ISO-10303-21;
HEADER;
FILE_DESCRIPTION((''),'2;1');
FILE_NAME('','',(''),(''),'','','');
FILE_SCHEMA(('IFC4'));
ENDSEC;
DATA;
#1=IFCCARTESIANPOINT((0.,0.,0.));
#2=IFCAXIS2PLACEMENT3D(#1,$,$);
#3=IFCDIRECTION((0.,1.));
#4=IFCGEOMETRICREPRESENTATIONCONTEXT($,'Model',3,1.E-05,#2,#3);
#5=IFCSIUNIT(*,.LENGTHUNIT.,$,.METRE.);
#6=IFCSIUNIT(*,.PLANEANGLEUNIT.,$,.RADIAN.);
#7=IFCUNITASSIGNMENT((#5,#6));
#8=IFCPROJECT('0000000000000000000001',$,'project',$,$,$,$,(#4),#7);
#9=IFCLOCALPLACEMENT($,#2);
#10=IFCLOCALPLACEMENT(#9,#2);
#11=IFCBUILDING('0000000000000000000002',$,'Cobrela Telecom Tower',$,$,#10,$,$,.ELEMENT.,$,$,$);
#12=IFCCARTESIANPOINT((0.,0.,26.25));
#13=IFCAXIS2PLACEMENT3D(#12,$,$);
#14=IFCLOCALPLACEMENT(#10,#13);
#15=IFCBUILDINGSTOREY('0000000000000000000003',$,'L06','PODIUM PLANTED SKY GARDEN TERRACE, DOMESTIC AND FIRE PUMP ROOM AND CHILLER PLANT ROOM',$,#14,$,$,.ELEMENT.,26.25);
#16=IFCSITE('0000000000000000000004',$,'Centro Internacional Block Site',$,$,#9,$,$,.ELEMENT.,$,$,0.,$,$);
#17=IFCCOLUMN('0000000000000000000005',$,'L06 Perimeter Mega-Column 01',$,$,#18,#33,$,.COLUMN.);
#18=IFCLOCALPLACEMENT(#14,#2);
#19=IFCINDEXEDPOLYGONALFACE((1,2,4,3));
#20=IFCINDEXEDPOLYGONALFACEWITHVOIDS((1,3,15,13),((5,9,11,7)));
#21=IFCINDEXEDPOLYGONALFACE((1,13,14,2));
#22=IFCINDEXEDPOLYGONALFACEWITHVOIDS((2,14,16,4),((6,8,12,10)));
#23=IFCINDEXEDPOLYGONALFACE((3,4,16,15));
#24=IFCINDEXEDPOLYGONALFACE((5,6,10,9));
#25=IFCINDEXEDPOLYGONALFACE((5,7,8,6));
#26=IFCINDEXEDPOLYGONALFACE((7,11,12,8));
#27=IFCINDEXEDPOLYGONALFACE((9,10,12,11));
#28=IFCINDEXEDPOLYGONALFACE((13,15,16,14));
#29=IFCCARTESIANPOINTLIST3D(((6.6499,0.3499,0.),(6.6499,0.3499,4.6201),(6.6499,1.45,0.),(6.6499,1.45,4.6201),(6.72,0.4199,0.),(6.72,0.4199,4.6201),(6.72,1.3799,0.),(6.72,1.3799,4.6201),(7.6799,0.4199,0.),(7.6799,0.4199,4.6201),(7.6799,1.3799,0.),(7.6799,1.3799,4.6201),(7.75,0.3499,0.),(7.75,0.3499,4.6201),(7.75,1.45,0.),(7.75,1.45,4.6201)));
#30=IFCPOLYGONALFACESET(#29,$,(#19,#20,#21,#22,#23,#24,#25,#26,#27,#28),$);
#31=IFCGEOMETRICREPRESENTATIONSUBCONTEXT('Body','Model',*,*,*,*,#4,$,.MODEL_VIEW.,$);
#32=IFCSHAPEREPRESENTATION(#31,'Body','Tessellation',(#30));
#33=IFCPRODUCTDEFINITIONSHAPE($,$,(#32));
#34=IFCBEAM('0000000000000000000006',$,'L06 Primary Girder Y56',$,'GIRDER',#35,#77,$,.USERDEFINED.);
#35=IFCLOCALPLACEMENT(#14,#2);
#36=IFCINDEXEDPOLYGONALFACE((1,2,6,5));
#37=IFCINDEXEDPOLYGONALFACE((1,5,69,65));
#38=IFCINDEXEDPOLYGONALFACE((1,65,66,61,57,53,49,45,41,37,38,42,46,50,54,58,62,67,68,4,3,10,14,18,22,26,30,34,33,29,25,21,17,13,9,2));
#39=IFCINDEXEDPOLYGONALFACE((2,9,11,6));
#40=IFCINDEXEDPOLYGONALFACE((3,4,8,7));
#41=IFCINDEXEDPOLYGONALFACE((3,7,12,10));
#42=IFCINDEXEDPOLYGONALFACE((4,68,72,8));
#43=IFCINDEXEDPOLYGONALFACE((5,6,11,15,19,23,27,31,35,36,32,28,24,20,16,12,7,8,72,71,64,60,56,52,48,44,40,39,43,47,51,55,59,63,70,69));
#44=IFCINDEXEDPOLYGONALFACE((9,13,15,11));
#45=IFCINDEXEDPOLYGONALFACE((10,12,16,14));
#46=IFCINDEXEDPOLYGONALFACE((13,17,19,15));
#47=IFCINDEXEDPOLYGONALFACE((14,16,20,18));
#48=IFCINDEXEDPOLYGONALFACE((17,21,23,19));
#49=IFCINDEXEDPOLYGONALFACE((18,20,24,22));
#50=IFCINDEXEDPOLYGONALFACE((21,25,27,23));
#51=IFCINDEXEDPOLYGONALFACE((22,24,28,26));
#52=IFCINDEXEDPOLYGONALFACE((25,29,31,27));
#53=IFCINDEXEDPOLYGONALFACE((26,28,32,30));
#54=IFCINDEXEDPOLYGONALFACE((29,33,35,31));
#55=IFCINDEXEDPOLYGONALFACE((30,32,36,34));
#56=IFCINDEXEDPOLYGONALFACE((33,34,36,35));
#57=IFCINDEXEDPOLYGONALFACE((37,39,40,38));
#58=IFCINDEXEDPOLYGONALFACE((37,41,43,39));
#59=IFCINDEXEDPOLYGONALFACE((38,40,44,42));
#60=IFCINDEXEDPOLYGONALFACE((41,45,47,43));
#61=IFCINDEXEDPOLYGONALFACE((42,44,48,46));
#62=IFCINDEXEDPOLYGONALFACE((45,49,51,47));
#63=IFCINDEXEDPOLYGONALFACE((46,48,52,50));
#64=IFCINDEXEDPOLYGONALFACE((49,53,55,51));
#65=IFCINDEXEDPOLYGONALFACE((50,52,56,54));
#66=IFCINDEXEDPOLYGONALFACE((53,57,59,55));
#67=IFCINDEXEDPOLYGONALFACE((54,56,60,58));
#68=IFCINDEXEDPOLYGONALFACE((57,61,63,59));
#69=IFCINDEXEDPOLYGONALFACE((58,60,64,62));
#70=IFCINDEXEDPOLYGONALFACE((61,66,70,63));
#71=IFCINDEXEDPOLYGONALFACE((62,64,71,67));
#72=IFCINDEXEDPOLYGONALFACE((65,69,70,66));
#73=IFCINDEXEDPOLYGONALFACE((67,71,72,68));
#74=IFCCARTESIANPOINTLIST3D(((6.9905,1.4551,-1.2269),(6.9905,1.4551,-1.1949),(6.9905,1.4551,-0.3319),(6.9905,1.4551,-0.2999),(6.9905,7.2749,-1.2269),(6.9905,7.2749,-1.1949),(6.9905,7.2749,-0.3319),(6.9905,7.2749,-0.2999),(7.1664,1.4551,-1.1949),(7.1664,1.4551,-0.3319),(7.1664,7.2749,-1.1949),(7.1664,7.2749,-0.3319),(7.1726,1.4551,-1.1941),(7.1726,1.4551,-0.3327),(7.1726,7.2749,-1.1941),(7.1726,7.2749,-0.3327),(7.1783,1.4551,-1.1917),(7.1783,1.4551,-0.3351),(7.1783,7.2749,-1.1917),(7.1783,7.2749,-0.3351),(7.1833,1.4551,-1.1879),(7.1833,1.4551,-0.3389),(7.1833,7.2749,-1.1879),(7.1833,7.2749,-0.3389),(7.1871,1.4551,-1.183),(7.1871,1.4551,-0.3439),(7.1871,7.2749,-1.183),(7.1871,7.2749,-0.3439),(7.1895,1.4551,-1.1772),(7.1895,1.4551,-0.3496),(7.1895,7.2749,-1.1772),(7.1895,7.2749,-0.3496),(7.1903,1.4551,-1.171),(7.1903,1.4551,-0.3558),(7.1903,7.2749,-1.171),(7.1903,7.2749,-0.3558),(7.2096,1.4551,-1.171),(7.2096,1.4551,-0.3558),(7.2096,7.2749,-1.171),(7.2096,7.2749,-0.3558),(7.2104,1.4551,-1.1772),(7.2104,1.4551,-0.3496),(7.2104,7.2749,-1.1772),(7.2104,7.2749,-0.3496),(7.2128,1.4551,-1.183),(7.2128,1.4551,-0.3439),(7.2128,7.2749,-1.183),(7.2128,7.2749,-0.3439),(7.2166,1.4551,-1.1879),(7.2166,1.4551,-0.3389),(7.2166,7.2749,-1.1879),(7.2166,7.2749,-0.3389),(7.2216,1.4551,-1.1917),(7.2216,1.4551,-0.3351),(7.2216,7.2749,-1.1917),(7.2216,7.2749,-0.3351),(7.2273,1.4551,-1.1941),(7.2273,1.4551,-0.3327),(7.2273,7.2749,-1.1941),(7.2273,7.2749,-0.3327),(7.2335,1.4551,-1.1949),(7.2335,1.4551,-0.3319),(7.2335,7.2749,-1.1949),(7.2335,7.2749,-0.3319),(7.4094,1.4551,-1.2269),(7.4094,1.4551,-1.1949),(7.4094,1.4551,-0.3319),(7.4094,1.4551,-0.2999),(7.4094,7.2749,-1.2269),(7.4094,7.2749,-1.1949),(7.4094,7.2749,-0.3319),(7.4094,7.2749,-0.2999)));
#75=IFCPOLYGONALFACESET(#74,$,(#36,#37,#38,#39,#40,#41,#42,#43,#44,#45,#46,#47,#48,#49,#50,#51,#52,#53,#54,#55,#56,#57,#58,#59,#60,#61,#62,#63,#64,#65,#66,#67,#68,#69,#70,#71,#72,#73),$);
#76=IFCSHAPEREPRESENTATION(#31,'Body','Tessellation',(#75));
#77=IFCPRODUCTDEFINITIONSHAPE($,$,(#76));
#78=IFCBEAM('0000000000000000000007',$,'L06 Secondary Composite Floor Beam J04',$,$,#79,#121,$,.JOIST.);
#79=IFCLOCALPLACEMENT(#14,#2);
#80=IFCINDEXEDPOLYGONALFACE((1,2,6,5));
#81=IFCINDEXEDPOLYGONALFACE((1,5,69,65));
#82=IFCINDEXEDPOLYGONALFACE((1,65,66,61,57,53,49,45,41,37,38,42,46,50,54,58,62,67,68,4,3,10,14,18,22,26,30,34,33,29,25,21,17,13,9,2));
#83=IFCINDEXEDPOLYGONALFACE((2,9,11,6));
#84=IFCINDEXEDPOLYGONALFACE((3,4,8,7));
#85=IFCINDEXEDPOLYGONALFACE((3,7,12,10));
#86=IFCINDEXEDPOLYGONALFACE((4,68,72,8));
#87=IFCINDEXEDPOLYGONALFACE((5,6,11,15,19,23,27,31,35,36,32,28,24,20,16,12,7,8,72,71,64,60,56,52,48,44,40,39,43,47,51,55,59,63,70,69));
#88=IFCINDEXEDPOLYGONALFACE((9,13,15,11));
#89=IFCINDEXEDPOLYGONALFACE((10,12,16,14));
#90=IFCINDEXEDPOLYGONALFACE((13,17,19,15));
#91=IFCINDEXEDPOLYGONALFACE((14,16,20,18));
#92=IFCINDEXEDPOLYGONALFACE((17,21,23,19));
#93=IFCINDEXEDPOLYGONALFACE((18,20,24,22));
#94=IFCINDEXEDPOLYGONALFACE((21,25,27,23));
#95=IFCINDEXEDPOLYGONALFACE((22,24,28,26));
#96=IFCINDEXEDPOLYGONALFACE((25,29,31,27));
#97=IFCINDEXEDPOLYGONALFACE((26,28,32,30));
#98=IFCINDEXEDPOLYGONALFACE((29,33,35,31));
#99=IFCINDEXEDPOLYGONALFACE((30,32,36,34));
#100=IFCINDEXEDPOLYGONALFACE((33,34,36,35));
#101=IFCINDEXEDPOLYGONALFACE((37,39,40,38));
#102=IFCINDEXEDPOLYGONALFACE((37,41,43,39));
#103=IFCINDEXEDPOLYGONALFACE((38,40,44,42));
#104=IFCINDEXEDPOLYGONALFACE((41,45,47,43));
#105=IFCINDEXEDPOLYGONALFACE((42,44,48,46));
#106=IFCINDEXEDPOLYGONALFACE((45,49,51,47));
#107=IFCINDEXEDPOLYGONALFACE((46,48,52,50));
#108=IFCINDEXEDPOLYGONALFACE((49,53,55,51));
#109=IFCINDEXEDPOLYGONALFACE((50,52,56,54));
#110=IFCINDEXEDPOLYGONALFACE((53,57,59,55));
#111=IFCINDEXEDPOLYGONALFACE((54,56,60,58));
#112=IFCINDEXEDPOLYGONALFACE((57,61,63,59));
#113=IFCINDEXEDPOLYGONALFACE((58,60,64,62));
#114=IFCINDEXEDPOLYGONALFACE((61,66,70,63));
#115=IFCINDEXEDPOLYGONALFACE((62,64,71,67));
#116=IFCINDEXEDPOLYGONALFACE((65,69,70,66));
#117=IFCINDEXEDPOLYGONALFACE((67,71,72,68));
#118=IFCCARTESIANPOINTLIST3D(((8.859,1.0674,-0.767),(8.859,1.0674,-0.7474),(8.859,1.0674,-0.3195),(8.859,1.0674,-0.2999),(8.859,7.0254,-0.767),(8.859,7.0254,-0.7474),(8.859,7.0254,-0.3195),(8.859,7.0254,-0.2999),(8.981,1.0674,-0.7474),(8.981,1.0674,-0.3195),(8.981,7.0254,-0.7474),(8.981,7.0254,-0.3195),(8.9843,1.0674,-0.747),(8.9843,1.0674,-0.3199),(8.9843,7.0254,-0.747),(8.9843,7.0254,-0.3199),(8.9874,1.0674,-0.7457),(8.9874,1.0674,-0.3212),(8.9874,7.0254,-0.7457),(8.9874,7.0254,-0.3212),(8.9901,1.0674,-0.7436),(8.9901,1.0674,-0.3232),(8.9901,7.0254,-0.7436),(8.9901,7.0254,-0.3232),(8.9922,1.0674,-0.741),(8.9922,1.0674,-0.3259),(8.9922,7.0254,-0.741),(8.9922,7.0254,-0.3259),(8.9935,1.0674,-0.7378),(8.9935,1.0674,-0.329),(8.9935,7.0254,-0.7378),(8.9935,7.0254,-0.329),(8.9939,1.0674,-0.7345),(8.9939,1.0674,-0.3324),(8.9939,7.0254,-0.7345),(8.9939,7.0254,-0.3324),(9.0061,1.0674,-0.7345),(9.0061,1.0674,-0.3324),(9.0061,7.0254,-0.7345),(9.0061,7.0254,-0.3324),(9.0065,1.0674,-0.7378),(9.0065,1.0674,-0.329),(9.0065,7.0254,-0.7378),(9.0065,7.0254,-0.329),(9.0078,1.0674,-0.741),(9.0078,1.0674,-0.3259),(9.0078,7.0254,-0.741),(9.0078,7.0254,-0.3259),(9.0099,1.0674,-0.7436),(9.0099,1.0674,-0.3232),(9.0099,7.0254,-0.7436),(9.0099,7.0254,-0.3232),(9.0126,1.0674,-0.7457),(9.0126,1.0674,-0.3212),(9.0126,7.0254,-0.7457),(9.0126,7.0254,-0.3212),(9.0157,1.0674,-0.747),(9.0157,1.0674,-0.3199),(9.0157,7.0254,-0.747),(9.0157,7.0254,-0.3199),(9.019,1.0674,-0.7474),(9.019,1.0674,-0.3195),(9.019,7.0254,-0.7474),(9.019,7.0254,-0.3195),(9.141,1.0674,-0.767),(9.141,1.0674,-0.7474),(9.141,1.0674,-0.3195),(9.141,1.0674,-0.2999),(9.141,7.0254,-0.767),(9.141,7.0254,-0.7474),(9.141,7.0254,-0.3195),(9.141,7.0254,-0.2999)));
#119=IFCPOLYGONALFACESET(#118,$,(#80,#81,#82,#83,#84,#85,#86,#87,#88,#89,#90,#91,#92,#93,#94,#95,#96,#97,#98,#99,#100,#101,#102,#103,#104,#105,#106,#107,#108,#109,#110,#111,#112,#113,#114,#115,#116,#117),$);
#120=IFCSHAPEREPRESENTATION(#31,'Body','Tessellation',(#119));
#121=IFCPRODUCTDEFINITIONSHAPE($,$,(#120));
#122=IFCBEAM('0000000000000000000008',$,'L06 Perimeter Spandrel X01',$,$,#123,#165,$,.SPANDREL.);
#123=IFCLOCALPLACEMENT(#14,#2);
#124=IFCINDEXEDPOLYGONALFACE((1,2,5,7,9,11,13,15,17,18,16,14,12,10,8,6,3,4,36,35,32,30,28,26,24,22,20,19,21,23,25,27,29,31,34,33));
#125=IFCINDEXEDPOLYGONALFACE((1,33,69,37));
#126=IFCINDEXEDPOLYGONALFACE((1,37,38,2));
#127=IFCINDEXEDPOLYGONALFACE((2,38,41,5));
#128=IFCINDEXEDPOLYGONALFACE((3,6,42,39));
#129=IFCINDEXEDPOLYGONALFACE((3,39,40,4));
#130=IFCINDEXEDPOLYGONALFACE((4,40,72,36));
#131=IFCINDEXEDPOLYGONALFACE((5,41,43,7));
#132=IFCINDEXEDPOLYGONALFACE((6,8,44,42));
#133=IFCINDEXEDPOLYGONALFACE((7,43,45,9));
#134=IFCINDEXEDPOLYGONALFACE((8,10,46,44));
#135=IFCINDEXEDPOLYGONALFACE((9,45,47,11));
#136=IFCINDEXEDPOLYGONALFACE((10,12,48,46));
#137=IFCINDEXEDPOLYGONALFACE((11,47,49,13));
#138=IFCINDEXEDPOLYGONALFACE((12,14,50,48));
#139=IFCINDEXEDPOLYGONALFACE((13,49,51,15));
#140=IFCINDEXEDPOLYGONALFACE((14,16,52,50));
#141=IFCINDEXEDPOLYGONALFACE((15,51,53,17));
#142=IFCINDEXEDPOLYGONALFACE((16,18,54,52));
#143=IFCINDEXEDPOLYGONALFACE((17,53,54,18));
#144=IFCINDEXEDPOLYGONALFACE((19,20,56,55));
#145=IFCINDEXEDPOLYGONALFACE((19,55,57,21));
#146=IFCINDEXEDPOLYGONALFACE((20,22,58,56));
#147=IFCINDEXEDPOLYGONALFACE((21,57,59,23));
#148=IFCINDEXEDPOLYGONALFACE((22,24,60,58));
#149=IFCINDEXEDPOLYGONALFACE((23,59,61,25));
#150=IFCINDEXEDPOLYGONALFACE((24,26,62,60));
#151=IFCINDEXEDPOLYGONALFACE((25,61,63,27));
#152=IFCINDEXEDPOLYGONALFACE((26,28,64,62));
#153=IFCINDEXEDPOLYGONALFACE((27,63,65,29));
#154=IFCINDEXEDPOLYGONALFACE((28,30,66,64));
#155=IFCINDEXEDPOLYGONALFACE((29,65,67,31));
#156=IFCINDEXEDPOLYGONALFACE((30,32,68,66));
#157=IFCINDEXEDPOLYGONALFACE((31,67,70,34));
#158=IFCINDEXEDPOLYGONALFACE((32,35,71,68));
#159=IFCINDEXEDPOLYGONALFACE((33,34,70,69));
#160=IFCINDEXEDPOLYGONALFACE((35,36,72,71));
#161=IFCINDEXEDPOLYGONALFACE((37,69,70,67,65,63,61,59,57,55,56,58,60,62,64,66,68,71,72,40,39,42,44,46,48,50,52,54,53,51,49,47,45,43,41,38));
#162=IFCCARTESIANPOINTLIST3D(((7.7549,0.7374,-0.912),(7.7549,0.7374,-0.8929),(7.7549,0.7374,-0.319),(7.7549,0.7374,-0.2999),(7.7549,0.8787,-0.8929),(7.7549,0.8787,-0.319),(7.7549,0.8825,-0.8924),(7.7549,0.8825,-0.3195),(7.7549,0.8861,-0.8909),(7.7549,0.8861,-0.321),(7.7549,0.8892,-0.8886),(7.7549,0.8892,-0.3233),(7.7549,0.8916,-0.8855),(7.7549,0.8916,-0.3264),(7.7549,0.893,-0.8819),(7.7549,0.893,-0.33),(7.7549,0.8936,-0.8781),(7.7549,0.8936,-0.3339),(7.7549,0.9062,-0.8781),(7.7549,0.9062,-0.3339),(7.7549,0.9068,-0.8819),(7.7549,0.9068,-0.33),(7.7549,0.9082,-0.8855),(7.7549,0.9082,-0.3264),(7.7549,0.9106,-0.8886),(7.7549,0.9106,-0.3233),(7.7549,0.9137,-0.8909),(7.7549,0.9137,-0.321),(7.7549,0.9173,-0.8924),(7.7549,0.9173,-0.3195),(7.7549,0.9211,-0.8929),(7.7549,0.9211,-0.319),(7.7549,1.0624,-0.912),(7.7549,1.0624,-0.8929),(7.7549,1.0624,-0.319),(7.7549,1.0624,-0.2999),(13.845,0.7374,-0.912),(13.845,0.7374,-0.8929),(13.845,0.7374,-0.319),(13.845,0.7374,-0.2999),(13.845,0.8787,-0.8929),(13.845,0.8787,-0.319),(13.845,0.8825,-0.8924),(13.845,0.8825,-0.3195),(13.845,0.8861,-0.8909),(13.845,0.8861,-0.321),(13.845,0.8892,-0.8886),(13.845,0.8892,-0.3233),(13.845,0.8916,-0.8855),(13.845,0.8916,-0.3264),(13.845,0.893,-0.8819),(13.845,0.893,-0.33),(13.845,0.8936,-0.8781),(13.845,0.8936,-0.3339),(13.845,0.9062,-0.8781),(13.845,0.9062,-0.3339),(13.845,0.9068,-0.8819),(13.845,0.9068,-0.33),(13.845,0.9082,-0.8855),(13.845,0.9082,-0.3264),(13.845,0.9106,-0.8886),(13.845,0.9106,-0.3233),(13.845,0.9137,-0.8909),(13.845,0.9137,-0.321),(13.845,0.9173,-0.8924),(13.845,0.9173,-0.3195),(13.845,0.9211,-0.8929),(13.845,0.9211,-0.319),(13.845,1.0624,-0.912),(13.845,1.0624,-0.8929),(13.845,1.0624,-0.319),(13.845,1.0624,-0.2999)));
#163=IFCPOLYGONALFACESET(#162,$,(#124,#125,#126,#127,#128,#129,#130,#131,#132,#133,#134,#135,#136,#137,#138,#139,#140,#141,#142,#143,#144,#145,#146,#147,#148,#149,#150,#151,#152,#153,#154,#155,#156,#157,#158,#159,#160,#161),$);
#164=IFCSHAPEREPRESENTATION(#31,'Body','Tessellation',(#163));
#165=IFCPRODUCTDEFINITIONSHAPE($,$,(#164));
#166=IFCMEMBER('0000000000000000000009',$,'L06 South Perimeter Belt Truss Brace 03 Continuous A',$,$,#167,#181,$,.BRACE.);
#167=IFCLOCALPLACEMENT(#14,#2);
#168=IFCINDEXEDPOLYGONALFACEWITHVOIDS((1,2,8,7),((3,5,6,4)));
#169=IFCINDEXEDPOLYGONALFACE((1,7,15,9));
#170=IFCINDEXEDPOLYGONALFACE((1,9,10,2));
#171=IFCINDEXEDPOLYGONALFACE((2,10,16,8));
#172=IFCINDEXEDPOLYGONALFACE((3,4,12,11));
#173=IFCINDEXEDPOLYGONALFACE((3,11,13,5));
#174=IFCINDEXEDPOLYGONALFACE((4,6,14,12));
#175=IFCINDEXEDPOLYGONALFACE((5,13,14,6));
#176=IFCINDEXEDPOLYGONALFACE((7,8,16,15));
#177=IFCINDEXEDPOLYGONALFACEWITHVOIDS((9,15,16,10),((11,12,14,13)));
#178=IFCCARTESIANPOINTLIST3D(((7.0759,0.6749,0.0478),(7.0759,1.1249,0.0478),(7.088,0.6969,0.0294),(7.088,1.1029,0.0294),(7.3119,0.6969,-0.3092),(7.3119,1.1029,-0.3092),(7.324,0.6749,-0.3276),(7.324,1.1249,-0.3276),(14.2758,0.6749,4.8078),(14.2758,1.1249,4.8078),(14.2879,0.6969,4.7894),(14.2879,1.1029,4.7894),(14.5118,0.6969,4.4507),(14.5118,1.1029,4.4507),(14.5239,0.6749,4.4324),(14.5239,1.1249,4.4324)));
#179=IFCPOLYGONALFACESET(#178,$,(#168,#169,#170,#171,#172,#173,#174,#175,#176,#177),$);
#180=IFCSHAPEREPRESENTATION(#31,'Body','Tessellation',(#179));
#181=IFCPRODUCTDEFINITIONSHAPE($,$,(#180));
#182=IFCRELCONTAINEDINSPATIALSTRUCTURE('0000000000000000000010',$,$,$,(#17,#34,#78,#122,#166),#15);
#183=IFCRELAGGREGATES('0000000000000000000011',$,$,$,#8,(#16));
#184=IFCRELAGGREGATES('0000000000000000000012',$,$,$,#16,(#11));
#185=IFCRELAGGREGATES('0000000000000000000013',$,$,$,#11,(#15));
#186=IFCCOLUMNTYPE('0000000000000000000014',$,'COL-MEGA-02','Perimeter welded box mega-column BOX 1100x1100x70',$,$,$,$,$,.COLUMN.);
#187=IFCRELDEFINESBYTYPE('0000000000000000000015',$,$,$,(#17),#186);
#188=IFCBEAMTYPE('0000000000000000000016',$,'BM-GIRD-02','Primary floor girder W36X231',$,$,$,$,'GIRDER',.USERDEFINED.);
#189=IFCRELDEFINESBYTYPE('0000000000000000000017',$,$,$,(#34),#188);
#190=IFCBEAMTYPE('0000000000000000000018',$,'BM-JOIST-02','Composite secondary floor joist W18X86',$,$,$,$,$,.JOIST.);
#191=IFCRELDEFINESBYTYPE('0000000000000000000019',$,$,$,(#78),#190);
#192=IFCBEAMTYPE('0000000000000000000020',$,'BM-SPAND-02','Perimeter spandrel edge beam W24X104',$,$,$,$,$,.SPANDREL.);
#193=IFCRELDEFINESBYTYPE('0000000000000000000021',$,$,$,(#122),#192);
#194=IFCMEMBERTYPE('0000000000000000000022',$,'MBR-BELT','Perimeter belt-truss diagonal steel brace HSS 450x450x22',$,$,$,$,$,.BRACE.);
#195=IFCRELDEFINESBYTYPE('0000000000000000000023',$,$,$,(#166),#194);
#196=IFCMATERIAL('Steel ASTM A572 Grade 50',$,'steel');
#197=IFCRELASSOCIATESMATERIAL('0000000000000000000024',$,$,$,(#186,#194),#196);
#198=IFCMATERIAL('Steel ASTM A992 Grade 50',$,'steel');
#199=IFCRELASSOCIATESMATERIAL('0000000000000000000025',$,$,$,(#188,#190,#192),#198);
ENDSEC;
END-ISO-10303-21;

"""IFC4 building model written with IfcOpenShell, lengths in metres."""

from ifc_helpers import new_model, si_unit, direction, frame, origin, origin_2d, place, context, subcontext, project, spatial, hollow_rectangle, i_section, extrude, material, material_profile, profile_set, type_object, element, save


model = new_model("IFC4")

# Units and contexts
model_context = context("Model", 3, precision=1e-05, world=origin(), true_north=direction((0.0, 1.0)))
body_context = subcontext(model_context, "Body", "Model", "MODEL_VIEW")
ifc_project = project(units=[si_unit("LENGTHUNIT", "METRE"), si_unit("PLANEANGLEUNIT", "RADIAN")], contexts=[model_context])

# Site, building, storey
site_placement = place(None, origin())
site = spatial("IfcSite", under=ifc_project, at=site_placement, Name="Centro Internacional Block Site", CompositionType="ELEMENT", RefElevation=0.0)
building_placement = place(site_placement, origin())
building = spatial("IfcBuilding", under=site, at=building_placement, Name="Cobrela Telecom Tower", CompositionType="ELEMENT")
storey_placement = place(building_placement, frame((0.0, 0.0, 26.25)))
storey = spatial("IfcBuildingStorey", under=building, at=storey_placement, Name="L06", Description="PODIUM PLANTED SKY GARDEN TERRACE, DOMESTIC AND FIRE PUMP ROOM AND CHILLER PLANT ROOM", CompositionType="ELEMENT", Elevation=26.25)

# Column
ifc_material_1 = material(Name="Steel ASTM A572 Grade 50", Category="steel")
ifc_material_profile_1 = material_profile(ifc_material_1, hollow_rectangle(XDim=1.1001, YDim=1.1001, WallThickness=0.0701, at=origin_2d()), Name="BOX 1100x1100x70")
ifc_profile_set_1 = profile_set([ifc_material_profile_1], Name="Steel ASTM A572 Grade 50")
column_type = type_object("IfcColumnType", Name="COL-MEGA-02", Description="Perimeter welded box mega-column BOX 1100x1100x70", PredefinedType="COLUMN", material=ifc_profile_set_1)
column_placement = place(storey_placement, frame((7.2, 0.8999, 0.0), z_axis=(0.0, 0.0, 1.0), x_axis=(1.0, 0.0, 0.0)))
element("IfcColumn", 1, at=column_placement, inside=storey, type_object=column_type, Name="L06 Perimeter Mega-Column 01", PredefinedType="COLUMN", context=body_context, shape_type="SweptSolid", body=[
    extrude(hollow_rectangle(XDim=1.1001, YDim=1.1001, WallThickness=0.0701, at=origin_2d()), origin(), (0.0, 0.0, 1.0), 4.6201),
])

# Beams
ifc_material_2 = material(Name="Steel ASTM A992 Grade 50", Category="steel")
ifc_material_profile_2 = material_profile(ifc_material_2, i_section(OverallWidth=0.4189, OverallDepth=0.927, WebThickness=0.0193, FlangeThickness=0.032, FilletRadius=0.0239, at=origin_2d()), Name="W36X231")
ifc_profile_set_2 = profile_set([ifc_material_profile_2], Name="Steel ASTM A992 Grade 50")
beam_type_1 = type_object("IfcBeamType", Name="BM-GIRD-02", Description="Primary floor girder W36X231", ElementType="GIRDER", PredefinedType="USERDEFINED", material=ifc_profile_set_2)
beam_1_placement = place(storey_placement, frame((7.2, 1.4551, -0.7634), z_axis=(0.0, 1.0, 0.0), x_axis=(-1.0, 0.0, 0.0)))
element("IfcBeam", 2, at=beam_1_placement, inside=storey, type_object=beam_type_1, Name="L06 Primary Girder Y56", ObjectType="GIRDER", PredefinedType="USERDEFINED", context=body_context, shape_type="SweptSolid", body=[
    extrude(i_section(OverallWidth=0.4189, OverallDepth=0.927, WebThickness=0.0193, FlangeThickness=0.032, FilletRadius=0.0239, at=origin_2d()), origin(), (0.0, 0.0, 1.0), 5.8198),
])
ifc_material_profile_3 = material_profile(ifc_material_2, i_section(OverallWidth=0.282, OverallDepth=0.467, WebThickness=0.0122, FlangeThickness=0.0195, FilletRadius=0.0129, at=origin_2d()), Name="W18X86")
ifc_profile_set_3 = profile_set([ifc_material_profile_3], Name="Steel ASTM A992 Grade 50")
beam_type_2 = type_object("IfcBeamType", Name="BM-JOIST-02", Description="Composite secondary floor joist W18X86", PredefinedType="JOIST", material=ifc_profile_set_3)
beam_2_placement = place(storey_placement, frame((9.0, 1.0674, -0.5334), z_axis=(0.0, 1.0, 0.0), x_axis=(-1.0, 0.0, 0.0)))
element("IfcBeam", 3, at=beam_2_placement, inside=storey, type_object=beam_type_2, Name="L06 Secondary Composite Floor Beam J04", PredefinedType="JOIST", context=body_context, shape_type="SweptSolid", body=[
    extrude(i_section(OverallWidth=0.282, OverallDepth=0.467, WebThickness=0.0122, FlangeThickness=0.0195, FilletRadius=0.0129, at=origin_2d()), origin(), (0.0, 0.0, 1.0), 5.958),
])
ifc_material_profile_4 = material_profile(ifc_material_2, i_section(OverallWidth=0.325, OverallDepth=0.6121, WebThickness=0.0127, FlangeThickness=0.019, FilletRadius=0.0149, at=origin_2d()), Name="W24X104")
ifc_profile_set_4 = profile_set([ifc_material_profile_4], Name="Steel ASTM A992 Grade 50")
beam_type_3 = type_object("IfcBeamType", Name="BM-SPAND-02", Description="Perimeter spandrel edge beam W24X104", PredefinedType="SPANDREL", material=ifc_profile_set_4)
beam_3_placement = place(storey_placement, frame((7.7549, 0.8999, -0.606), z_axis=(1.0, 0.0, 0.0), x_axis=(0.0, 1.0, 0.0)))
element("IfcBeam", 4, at=beam_3_placement, inside=storey, type_object=beam_type_3, Name="L06 Perimeter Spandrel X01", PredefinedType="SPANDREL", context=body_context, shape_type="SweptSolid", body=[
    extrude(i_section(OverallWidth=0.325, OverallDepth=0.6121, WebThickness=0.0127, FlangeThickness=0.019, FilletRadius=0.0149, at=origin_2d()), origin(), (0.0, 0.0, 1.0), 6.0901),
])

# Member
ifc_material_profile_5 = material_profile(ifc_material_1, hollow_rectangle(XDim=0.45, YDim=0.45, WallThickness=0.022, at=origin_2d()), Name="HSS 450x450x22")
ifc_profile_set_5 = profile_set([ifc_material_profile_5], Name="Steel ASTM A572 Grade 50")
member_type = type_object("IfcMemberType", Name="MBR-BELT", Description="Perimeter belt-truss diagonal steel brace HSS 450x450x22", PredefinedType="BRACE", material=ifc_profile_set_5)
member_1_placement = place(storey_placement, frame((7.2, 0.8999, -0.1399), z_axis=(0.834181, 0.0, 0.551491), x_axis=(0.0, 1.0, 0.0)))
element("IfcMember", 5, at=member_1_placement, inside=storey, type_object=member_type, Name="L06 South Perimeter Belt Truss Brace 03 Continuous A", PredefinedType="BRACE", context=body_context, shape_type="SweptSolid", body=[
    extrude(hollow_rectangle(XDim=0.45, YDim=0.45, WallThickness=0.022, at=origin_2d()), origin(), (0.0, 0.0, 1.0), 8.6311),
])

save(model, "model.ifc")
